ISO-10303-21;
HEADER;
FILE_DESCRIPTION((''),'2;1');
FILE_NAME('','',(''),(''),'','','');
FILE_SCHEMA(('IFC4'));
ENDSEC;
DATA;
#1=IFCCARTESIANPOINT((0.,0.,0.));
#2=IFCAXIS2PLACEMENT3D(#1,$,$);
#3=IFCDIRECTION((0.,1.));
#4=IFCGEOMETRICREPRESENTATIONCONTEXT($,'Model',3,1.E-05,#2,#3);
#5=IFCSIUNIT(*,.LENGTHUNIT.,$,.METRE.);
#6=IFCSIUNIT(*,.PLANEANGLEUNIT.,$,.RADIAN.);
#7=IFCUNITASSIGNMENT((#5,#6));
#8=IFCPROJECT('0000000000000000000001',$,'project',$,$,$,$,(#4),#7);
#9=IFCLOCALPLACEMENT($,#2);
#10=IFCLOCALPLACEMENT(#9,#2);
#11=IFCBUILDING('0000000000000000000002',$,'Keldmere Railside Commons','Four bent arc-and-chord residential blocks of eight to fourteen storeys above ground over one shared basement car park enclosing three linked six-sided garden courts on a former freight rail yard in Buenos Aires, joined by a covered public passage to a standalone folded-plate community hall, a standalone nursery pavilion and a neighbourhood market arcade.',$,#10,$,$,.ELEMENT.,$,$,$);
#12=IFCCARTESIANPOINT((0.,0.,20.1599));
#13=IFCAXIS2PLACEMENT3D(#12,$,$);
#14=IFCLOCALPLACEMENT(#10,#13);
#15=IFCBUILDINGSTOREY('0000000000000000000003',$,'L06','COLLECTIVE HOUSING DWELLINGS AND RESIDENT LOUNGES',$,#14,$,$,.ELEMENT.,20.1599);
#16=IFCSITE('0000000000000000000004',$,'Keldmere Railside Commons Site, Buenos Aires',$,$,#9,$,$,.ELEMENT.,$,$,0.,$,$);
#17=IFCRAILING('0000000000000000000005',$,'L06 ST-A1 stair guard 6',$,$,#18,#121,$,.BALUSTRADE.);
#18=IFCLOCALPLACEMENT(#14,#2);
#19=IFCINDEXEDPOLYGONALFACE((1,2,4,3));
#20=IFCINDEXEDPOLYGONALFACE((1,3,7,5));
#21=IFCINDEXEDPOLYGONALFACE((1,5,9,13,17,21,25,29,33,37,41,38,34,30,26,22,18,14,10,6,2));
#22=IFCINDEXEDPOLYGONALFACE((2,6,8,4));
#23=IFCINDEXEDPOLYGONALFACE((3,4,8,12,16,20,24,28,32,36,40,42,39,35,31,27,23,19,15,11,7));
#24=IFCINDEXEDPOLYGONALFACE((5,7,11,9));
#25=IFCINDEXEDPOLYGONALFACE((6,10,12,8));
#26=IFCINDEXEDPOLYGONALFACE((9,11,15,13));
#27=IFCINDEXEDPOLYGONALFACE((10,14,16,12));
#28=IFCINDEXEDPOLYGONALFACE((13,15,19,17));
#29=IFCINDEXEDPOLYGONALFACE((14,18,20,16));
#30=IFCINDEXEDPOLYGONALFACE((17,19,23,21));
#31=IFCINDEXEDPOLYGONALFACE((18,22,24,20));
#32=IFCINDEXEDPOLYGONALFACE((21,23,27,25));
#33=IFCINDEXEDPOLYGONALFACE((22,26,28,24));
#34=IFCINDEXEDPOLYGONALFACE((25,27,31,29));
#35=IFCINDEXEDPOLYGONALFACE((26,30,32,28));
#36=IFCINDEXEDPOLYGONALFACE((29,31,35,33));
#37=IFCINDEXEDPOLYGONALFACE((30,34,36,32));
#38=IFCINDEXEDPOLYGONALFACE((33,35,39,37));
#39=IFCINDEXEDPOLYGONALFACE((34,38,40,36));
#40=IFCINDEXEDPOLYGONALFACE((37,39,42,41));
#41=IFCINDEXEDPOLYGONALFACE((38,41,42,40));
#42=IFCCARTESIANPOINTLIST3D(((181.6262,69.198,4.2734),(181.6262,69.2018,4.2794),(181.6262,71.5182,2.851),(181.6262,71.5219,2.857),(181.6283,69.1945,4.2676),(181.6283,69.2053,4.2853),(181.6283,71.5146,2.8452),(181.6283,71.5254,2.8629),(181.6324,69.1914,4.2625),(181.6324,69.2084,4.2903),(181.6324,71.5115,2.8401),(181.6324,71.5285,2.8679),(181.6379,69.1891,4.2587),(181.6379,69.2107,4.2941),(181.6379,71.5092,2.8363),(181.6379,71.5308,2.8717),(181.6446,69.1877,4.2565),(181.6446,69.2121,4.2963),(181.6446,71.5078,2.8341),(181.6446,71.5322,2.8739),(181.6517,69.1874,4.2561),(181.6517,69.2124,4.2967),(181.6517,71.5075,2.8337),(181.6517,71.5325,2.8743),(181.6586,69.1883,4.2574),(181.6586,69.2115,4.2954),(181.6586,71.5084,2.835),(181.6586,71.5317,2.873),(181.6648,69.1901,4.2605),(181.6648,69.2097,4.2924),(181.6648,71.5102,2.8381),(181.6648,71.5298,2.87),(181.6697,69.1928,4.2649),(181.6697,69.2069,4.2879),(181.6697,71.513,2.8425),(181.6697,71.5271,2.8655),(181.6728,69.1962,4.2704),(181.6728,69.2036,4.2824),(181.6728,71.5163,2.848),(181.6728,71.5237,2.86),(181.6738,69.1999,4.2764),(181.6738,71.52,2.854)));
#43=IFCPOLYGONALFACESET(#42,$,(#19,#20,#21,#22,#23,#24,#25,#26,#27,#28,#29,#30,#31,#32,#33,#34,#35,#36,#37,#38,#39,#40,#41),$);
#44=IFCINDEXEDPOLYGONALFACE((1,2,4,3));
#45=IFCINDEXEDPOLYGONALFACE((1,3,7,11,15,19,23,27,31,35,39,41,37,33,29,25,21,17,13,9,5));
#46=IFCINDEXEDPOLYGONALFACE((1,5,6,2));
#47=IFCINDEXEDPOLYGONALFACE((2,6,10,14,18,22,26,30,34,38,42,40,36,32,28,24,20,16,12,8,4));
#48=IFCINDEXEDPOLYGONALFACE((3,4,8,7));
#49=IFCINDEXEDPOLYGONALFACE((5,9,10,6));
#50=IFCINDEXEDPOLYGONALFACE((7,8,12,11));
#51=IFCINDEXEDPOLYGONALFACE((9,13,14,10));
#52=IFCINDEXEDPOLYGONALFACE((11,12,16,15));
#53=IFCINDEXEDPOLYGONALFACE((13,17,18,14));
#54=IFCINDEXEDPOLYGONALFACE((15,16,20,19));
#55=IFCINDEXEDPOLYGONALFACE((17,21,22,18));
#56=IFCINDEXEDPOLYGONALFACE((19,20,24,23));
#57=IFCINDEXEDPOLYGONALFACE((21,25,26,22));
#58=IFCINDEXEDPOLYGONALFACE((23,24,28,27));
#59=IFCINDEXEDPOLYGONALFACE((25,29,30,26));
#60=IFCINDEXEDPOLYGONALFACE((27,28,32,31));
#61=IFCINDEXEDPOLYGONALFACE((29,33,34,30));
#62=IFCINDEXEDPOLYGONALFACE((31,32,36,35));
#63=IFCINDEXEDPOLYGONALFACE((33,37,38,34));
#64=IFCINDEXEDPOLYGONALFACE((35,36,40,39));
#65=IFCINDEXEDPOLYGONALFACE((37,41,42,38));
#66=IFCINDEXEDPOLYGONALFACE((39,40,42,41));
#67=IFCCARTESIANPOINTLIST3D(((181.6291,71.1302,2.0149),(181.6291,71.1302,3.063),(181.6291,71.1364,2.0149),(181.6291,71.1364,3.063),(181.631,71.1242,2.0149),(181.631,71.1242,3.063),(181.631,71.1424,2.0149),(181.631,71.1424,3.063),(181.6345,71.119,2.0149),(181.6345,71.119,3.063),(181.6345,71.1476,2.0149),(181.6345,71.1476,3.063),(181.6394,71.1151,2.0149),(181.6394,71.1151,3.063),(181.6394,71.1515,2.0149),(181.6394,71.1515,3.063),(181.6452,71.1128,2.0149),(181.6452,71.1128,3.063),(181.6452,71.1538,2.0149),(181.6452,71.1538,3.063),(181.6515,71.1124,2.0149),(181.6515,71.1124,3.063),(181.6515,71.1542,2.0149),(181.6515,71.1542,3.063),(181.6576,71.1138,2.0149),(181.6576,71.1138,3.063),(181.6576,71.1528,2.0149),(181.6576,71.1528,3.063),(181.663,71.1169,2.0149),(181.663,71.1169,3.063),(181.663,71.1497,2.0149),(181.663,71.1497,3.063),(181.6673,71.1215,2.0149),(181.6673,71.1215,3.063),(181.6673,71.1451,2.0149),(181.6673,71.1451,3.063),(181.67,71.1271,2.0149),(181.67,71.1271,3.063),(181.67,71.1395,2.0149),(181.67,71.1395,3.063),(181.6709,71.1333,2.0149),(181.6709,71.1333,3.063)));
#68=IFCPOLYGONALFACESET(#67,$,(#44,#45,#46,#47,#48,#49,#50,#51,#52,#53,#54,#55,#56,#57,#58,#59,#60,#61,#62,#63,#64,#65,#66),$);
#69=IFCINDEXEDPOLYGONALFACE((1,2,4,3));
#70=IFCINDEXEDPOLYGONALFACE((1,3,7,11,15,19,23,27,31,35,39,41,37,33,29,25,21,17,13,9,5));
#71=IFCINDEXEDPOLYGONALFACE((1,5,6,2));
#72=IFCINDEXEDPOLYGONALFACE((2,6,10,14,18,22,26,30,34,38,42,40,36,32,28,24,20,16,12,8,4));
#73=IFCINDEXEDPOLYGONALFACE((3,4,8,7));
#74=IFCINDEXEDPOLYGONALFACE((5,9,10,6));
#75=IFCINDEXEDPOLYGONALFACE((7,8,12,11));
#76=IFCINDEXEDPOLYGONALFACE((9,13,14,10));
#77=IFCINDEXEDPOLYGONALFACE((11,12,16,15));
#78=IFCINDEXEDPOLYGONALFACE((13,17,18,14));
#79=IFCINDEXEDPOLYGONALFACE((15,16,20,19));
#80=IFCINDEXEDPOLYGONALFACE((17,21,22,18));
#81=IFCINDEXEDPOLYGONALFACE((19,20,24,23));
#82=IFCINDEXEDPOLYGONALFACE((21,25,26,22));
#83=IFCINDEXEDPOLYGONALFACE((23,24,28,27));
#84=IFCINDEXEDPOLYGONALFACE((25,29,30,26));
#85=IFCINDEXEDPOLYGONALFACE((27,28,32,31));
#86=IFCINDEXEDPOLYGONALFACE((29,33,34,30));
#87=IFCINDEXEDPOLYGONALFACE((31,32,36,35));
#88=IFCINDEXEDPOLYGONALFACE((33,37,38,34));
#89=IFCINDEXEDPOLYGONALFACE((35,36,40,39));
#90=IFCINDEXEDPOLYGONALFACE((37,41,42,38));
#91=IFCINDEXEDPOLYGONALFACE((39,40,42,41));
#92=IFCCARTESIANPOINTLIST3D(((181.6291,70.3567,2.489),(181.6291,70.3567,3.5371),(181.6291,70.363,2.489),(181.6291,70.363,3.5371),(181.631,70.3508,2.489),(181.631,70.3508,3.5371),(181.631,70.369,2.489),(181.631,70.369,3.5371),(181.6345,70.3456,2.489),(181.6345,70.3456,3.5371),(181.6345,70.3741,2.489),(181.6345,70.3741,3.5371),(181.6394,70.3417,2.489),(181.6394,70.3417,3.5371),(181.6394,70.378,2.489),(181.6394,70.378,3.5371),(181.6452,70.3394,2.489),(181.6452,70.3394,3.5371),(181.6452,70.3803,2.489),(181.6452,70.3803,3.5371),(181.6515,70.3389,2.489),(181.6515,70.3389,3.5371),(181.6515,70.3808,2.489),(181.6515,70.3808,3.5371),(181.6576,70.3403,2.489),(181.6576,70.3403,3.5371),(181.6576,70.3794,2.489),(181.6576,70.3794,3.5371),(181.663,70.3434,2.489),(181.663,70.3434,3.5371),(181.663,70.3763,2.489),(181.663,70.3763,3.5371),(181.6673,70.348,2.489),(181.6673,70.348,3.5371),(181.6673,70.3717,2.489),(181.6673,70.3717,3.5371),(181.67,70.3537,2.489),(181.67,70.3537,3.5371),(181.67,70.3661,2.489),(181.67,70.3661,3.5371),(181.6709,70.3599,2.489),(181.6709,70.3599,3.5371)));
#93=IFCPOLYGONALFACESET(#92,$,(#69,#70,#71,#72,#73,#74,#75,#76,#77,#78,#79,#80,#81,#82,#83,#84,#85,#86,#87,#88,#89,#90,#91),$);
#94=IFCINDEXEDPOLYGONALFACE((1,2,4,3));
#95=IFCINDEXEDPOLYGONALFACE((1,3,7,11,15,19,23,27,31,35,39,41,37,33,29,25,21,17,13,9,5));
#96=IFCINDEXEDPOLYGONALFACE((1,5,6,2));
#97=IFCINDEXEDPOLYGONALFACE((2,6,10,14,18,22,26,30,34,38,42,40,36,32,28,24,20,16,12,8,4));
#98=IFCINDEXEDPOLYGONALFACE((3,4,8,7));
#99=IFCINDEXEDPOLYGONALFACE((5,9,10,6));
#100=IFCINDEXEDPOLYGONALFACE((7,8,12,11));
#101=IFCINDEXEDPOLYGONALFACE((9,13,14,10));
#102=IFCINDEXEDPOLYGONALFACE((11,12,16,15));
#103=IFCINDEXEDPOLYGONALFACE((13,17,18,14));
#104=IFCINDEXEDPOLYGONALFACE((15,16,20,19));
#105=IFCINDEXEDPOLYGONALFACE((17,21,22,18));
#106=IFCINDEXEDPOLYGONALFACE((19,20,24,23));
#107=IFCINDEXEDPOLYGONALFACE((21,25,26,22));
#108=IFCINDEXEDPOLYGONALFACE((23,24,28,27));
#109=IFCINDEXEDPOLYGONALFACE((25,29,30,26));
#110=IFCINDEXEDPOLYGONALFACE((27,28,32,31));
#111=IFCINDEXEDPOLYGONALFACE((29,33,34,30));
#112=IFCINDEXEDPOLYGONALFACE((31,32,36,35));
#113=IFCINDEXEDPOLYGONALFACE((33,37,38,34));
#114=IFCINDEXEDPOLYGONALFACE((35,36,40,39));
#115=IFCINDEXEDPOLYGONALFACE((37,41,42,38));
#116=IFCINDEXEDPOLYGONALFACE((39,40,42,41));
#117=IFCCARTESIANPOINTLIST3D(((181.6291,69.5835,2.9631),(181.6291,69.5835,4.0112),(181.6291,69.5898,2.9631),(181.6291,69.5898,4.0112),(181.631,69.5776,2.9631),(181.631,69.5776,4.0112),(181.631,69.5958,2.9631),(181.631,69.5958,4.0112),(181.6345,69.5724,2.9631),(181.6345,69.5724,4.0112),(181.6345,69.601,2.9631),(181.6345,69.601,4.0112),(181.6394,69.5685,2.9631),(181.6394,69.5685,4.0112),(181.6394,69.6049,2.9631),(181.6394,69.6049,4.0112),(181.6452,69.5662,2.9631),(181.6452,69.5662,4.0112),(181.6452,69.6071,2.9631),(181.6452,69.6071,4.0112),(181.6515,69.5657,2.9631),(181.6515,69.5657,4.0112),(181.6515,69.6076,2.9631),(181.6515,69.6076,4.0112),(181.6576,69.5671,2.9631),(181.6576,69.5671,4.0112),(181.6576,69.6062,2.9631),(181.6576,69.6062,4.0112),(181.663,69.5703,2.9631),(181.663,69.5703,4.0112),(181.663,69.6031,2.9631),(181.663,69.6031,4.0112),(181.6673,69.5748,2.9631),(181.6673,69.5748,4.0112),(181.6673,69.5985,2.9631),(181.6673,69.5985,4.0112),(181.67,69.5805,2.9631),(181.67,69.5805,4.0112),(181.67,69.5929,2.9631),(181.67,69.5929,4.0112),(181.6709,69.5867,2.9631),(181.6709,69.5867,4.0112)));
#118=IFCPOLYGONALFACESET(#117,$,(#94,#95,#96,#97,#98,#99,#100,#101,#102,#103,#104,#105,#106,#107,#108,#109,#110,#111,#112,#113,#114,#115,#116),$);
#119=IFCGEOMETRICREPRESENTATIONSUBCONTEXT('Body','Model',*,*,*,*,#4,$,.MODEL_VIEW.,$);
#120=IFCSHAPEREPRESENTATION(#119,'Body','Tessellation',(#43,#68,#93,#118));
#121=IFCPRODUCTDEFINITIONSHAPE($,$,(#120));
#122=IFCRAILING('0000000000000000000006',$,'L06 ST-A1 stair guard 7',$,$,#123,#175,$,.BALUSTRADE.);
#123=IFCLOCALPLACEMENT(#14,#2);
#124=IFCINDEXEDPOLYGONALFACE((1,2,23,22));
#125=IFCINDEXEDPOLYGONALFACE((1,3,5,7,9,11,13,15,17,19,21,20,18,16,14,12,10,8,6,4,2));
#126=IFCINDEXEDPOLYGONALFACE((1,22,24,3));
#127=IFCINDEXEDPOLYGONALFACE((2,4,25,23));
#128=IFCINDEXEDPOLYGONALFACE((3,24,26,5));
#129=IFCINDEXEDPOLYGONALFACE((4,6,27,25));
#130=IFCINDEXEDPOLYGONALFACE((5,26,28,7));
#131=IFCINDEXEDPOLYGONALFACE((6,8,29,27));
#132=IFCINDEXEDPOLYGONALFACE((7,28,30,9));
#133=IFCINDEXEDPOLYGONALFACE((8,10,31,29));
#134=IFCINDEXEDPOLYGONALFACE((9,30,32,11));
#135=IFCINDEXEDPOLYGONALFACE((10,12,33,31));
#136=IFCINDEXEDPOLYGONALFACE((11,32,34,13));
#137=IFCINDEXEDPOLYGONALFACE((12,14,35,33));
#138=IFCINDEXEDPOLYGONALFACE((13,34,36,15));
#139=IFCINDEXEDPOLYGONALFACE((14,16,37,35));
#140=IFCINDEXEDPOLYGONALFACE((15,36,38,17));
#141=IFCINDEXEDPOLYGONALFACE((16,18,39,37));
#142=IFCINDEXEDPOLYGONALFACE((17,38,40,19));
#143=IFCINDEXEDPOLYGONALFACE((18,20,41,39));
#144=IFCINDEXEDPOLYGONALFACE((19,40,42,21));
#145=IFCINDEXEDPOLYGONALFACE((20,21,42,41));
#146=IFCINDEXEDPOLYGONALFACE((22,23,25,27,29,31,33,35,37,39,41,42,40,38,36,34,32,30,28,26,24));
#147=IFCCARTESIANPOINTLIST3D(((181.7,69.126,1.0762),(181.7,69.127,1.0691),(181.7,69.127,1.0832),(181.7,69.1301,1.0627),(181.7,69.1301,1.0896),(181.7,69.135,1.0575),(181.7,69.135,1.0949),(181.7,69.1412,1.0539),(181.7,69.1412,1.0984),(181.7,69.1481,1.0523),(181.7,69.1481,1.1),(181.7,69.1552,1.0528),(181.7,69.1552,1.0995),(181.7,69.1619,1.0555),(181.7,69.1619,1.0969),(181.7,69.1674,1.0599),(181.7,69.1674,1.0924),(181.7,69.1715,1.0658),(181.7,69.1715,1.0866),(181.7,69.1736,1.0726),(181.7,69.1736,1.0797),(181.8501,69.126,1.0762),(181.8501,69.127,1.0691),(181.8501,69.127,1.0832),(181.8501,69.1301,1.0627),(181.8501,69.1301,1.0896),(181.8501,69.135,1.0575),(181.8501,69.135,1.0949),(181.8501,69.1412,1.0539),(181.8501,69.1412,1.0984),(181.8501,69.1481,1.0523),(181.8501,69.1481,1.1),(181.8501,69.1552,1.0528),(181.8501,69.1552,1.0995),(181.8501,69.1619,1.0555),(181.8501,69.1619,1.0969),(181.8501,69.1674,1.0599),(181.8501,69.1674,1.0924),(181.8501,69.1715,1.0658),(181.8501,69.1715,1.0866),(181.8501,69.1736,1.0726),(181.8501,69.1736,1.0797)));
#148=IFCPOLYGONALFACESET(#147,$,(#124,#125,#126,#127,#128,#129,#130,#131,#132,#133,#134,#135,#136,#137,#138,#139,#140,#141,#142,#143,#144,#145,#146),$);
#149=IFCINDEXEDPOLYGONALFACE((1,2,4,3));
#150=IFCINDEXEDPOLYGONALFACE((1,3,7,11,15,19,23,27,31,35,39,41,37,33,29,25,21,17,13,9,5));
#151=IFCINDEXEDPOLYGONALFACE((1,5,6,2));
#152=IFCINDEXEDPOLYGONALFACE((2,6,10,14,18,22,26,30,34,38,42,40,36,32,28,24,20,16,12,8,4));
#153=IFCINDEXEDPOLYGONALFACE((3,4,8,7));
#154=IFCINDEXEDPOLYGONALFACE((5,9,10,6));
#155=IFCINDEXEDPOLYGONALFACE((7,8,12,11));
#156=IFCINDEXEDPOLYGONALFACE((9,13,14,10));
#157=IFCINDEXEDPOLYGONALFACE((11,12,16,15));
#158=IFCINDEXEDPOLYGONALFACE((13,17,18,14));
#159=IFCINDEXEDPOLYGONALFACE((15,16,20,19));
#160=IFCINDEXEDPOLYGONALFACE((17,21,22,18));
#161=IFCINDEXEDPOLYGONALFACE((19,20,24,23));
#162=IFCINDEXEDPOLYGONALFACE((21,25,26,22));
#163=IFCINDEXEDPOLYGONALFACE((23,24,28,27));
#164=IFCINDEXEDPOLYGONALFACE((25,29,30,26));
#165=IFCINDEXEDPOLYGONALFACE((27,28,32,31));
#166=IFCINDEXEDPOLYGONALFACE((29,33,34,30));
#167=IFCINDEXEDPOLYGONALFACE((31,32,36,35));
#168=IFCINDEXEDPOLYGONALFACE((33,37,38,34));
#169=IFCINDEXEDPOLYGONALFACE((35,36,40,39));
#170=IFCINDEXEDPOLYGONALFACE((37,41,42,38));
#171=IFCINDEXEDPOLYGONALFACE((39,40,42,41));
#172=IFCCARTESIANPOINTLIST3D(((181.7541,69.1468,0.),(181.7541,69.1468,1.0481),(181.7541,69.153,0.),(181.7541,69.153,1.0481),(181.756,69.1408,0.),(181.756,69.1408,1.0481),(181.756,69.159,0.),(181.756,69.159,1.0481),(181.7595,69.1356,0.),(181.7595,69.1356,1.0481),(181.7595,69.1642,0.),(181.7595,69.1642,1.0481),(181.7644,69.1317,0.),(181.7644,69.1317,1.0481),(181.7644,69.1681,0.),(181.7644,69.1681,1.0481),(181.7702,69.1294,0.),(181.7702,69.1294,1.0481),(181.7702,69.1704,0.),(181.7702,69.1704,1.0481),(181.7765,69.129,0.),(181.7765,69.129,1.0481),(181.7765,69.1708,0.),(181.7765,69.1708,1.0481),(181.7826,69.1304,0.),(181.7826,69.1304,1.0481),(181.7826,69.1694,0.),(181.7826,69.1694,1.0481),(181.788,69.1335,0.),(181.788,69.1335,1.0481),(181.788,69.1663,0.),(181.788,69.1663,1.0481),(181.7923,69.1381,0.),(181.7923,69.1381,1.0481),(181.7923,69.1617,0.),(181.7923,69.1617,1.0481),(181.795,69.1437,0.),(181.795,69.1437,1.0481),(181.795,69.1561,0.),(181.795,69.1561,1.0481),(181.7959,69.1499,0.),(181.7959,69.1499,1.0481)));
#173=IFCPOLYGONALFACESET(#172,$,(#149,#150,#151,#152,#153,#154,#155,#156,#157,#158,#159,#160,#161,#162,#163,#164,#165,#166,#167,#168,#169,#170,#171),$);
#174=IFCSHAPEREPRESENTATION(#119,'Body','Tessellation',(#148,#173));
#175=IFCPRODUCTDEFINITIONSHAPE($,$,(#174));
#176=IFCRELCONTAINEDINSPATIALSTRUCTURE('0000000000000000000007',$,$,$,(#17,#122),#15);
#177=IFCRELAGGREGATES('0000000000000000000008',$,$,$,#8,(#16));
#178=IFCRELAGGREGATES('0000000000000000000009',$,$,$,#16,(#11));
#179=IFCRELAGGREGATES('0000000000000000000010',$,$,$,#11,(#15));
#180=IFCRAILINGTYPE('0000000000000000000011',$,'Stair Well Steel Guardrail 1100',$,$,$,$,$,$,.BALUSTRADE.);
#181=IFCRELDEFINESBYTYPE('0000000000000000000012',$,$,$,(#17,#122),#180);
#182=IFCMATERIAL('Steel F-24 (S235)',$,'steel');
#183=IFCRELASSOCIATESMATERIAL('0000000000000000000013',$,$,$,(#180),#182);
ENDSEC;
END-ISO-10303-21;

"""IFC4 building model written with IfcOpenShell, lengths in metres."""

from ifc_helpers import new_model, si_unit, direction, frame, origin, origin_2d, place, context, subcontext, project, spatial, circle, extrude, material, type_object, element, save


model = new_model("IFC4")

# Units and contexts
model_context = context("Model", 3, precision=1e-05, world=origin(), true_north=direction((0.0, 1.0)))
body_context = subcontext(model_context, "Body", "Model", "MODEL_VIEW")
ifc_project = project(units=[si_unit("LENGTHUNIT", "METRE"), si_unit("PLANEANGLEUNIT", "RADIAN")], contexts=[model_context])

# Site, building, storey
site_placement = place(None, origin())
site = spatial("IfcSite", under=ifc_project, at=site_placement, Name="Keldmere Railside Commons Site, Buenos Aires", CompositionType="ELEMENT", RefElevation=0.0)
building_placement = place(site_placement, origin())
building = spatial("IfcBuilding", under=site, at=building_placement, Name="Keldmere Railside Commons", Description="Four bent arc-and-chord residential blocks of eight to fourteen storeys above ground over one shared basement car park enclosing three linked six-sided garden courts on a former freight rail yard in Buenos Aires, joined by a covered public passage to a standalone folded-plate community hall, a standalone nursery pavilion and a neighbourhood market arcade.", CompositionType="ELEMENT")
storey_placement = place(building_placement, frame((0.0, 0.0, 20.1599)))
storey = spatial("IfcBuildingStorey", under=building, at=storey_placement, Name="L06", Description="COLLECTIVE HOUSING DWELLINGS AND RESIDENT LOUNGES", CompositionType="ELEMENT", Elevation=20.1599)

# Shared definitions
ifc_material_1 = material(Name="Steel F-24 (S235)", Category="steel")

# Railings
railing_type_1 = type_object("IfcRailingType", Name="Stair Well Steel Guardrail 1100", PredefinedType="BALUSTRADE", material=ifc_material_1)
railing_1_placement = place(storey_placement, frame((181.6499, 71.52, 1.7778)))
element("IfcRailing", 1, at=railing_1_placement, inside=storey, type_object=railing_type_1, Name="L06 ST-A1 stair guard 6", PredefinedType="BALUSTRADE", context=body_context, shape_type="SweptSolid", body=[
    extrude(circle(Radius=0.0239, at=origin_2d()), frame((0.0, 0.0, 1.0762), z_axis=(0.0, -0.852538, 0.522665), x_axis=(1.0, 0.0, 0.0)), (0.0, 0.0, 1.0), 2.7214),
    extrude(circle(Radius=0.021, at=origin_2d()), frame((0.0, -0.3867, 0.2371)), (0.0, 0.0, 1.0), 1.0481),
    extrude(circle(Radius=0.021, at=origin_2d()), frame((0.0, -1.1602, 0.7112)), (0.0, 0.0, 1.0), 1.0481),
    extrude(circle(Radius=0.021, at=origin_2d()), frame((0.0, -1.9333, 1.1853)), (0.0, 0.0, 1.0), 1.0481),
])
railing_2_placement = place(storey_placement, frame((181.8501, 69.1499, 0.0)))
element("IfcRailing", 2, at=railing_2_placement, inside=storey, type_object=railing_type_1, Name="L06 ST-A1 stair guard 7", PredefinedType="BALUSTRADE", context=body_context, shape_type="SweptSolid", body=[
    extrude(circle(Radius=0.0239, at=origin_2d()), frame((0.0, 0.0, 1.0762), z_axis=(-1.0, 0.0, 0.0), x_axis=(0.0, -1.0, 0.0)), (0.0, 0.0, 1.0), 0.1501),
    extrude(circle(Radius=0.021, at=origin_2d()), frame((-0.0752, 0.0, 0.0)), (0.0, 0.0, 1.0), 1.0481),
])

save(model, "model.ifc")
